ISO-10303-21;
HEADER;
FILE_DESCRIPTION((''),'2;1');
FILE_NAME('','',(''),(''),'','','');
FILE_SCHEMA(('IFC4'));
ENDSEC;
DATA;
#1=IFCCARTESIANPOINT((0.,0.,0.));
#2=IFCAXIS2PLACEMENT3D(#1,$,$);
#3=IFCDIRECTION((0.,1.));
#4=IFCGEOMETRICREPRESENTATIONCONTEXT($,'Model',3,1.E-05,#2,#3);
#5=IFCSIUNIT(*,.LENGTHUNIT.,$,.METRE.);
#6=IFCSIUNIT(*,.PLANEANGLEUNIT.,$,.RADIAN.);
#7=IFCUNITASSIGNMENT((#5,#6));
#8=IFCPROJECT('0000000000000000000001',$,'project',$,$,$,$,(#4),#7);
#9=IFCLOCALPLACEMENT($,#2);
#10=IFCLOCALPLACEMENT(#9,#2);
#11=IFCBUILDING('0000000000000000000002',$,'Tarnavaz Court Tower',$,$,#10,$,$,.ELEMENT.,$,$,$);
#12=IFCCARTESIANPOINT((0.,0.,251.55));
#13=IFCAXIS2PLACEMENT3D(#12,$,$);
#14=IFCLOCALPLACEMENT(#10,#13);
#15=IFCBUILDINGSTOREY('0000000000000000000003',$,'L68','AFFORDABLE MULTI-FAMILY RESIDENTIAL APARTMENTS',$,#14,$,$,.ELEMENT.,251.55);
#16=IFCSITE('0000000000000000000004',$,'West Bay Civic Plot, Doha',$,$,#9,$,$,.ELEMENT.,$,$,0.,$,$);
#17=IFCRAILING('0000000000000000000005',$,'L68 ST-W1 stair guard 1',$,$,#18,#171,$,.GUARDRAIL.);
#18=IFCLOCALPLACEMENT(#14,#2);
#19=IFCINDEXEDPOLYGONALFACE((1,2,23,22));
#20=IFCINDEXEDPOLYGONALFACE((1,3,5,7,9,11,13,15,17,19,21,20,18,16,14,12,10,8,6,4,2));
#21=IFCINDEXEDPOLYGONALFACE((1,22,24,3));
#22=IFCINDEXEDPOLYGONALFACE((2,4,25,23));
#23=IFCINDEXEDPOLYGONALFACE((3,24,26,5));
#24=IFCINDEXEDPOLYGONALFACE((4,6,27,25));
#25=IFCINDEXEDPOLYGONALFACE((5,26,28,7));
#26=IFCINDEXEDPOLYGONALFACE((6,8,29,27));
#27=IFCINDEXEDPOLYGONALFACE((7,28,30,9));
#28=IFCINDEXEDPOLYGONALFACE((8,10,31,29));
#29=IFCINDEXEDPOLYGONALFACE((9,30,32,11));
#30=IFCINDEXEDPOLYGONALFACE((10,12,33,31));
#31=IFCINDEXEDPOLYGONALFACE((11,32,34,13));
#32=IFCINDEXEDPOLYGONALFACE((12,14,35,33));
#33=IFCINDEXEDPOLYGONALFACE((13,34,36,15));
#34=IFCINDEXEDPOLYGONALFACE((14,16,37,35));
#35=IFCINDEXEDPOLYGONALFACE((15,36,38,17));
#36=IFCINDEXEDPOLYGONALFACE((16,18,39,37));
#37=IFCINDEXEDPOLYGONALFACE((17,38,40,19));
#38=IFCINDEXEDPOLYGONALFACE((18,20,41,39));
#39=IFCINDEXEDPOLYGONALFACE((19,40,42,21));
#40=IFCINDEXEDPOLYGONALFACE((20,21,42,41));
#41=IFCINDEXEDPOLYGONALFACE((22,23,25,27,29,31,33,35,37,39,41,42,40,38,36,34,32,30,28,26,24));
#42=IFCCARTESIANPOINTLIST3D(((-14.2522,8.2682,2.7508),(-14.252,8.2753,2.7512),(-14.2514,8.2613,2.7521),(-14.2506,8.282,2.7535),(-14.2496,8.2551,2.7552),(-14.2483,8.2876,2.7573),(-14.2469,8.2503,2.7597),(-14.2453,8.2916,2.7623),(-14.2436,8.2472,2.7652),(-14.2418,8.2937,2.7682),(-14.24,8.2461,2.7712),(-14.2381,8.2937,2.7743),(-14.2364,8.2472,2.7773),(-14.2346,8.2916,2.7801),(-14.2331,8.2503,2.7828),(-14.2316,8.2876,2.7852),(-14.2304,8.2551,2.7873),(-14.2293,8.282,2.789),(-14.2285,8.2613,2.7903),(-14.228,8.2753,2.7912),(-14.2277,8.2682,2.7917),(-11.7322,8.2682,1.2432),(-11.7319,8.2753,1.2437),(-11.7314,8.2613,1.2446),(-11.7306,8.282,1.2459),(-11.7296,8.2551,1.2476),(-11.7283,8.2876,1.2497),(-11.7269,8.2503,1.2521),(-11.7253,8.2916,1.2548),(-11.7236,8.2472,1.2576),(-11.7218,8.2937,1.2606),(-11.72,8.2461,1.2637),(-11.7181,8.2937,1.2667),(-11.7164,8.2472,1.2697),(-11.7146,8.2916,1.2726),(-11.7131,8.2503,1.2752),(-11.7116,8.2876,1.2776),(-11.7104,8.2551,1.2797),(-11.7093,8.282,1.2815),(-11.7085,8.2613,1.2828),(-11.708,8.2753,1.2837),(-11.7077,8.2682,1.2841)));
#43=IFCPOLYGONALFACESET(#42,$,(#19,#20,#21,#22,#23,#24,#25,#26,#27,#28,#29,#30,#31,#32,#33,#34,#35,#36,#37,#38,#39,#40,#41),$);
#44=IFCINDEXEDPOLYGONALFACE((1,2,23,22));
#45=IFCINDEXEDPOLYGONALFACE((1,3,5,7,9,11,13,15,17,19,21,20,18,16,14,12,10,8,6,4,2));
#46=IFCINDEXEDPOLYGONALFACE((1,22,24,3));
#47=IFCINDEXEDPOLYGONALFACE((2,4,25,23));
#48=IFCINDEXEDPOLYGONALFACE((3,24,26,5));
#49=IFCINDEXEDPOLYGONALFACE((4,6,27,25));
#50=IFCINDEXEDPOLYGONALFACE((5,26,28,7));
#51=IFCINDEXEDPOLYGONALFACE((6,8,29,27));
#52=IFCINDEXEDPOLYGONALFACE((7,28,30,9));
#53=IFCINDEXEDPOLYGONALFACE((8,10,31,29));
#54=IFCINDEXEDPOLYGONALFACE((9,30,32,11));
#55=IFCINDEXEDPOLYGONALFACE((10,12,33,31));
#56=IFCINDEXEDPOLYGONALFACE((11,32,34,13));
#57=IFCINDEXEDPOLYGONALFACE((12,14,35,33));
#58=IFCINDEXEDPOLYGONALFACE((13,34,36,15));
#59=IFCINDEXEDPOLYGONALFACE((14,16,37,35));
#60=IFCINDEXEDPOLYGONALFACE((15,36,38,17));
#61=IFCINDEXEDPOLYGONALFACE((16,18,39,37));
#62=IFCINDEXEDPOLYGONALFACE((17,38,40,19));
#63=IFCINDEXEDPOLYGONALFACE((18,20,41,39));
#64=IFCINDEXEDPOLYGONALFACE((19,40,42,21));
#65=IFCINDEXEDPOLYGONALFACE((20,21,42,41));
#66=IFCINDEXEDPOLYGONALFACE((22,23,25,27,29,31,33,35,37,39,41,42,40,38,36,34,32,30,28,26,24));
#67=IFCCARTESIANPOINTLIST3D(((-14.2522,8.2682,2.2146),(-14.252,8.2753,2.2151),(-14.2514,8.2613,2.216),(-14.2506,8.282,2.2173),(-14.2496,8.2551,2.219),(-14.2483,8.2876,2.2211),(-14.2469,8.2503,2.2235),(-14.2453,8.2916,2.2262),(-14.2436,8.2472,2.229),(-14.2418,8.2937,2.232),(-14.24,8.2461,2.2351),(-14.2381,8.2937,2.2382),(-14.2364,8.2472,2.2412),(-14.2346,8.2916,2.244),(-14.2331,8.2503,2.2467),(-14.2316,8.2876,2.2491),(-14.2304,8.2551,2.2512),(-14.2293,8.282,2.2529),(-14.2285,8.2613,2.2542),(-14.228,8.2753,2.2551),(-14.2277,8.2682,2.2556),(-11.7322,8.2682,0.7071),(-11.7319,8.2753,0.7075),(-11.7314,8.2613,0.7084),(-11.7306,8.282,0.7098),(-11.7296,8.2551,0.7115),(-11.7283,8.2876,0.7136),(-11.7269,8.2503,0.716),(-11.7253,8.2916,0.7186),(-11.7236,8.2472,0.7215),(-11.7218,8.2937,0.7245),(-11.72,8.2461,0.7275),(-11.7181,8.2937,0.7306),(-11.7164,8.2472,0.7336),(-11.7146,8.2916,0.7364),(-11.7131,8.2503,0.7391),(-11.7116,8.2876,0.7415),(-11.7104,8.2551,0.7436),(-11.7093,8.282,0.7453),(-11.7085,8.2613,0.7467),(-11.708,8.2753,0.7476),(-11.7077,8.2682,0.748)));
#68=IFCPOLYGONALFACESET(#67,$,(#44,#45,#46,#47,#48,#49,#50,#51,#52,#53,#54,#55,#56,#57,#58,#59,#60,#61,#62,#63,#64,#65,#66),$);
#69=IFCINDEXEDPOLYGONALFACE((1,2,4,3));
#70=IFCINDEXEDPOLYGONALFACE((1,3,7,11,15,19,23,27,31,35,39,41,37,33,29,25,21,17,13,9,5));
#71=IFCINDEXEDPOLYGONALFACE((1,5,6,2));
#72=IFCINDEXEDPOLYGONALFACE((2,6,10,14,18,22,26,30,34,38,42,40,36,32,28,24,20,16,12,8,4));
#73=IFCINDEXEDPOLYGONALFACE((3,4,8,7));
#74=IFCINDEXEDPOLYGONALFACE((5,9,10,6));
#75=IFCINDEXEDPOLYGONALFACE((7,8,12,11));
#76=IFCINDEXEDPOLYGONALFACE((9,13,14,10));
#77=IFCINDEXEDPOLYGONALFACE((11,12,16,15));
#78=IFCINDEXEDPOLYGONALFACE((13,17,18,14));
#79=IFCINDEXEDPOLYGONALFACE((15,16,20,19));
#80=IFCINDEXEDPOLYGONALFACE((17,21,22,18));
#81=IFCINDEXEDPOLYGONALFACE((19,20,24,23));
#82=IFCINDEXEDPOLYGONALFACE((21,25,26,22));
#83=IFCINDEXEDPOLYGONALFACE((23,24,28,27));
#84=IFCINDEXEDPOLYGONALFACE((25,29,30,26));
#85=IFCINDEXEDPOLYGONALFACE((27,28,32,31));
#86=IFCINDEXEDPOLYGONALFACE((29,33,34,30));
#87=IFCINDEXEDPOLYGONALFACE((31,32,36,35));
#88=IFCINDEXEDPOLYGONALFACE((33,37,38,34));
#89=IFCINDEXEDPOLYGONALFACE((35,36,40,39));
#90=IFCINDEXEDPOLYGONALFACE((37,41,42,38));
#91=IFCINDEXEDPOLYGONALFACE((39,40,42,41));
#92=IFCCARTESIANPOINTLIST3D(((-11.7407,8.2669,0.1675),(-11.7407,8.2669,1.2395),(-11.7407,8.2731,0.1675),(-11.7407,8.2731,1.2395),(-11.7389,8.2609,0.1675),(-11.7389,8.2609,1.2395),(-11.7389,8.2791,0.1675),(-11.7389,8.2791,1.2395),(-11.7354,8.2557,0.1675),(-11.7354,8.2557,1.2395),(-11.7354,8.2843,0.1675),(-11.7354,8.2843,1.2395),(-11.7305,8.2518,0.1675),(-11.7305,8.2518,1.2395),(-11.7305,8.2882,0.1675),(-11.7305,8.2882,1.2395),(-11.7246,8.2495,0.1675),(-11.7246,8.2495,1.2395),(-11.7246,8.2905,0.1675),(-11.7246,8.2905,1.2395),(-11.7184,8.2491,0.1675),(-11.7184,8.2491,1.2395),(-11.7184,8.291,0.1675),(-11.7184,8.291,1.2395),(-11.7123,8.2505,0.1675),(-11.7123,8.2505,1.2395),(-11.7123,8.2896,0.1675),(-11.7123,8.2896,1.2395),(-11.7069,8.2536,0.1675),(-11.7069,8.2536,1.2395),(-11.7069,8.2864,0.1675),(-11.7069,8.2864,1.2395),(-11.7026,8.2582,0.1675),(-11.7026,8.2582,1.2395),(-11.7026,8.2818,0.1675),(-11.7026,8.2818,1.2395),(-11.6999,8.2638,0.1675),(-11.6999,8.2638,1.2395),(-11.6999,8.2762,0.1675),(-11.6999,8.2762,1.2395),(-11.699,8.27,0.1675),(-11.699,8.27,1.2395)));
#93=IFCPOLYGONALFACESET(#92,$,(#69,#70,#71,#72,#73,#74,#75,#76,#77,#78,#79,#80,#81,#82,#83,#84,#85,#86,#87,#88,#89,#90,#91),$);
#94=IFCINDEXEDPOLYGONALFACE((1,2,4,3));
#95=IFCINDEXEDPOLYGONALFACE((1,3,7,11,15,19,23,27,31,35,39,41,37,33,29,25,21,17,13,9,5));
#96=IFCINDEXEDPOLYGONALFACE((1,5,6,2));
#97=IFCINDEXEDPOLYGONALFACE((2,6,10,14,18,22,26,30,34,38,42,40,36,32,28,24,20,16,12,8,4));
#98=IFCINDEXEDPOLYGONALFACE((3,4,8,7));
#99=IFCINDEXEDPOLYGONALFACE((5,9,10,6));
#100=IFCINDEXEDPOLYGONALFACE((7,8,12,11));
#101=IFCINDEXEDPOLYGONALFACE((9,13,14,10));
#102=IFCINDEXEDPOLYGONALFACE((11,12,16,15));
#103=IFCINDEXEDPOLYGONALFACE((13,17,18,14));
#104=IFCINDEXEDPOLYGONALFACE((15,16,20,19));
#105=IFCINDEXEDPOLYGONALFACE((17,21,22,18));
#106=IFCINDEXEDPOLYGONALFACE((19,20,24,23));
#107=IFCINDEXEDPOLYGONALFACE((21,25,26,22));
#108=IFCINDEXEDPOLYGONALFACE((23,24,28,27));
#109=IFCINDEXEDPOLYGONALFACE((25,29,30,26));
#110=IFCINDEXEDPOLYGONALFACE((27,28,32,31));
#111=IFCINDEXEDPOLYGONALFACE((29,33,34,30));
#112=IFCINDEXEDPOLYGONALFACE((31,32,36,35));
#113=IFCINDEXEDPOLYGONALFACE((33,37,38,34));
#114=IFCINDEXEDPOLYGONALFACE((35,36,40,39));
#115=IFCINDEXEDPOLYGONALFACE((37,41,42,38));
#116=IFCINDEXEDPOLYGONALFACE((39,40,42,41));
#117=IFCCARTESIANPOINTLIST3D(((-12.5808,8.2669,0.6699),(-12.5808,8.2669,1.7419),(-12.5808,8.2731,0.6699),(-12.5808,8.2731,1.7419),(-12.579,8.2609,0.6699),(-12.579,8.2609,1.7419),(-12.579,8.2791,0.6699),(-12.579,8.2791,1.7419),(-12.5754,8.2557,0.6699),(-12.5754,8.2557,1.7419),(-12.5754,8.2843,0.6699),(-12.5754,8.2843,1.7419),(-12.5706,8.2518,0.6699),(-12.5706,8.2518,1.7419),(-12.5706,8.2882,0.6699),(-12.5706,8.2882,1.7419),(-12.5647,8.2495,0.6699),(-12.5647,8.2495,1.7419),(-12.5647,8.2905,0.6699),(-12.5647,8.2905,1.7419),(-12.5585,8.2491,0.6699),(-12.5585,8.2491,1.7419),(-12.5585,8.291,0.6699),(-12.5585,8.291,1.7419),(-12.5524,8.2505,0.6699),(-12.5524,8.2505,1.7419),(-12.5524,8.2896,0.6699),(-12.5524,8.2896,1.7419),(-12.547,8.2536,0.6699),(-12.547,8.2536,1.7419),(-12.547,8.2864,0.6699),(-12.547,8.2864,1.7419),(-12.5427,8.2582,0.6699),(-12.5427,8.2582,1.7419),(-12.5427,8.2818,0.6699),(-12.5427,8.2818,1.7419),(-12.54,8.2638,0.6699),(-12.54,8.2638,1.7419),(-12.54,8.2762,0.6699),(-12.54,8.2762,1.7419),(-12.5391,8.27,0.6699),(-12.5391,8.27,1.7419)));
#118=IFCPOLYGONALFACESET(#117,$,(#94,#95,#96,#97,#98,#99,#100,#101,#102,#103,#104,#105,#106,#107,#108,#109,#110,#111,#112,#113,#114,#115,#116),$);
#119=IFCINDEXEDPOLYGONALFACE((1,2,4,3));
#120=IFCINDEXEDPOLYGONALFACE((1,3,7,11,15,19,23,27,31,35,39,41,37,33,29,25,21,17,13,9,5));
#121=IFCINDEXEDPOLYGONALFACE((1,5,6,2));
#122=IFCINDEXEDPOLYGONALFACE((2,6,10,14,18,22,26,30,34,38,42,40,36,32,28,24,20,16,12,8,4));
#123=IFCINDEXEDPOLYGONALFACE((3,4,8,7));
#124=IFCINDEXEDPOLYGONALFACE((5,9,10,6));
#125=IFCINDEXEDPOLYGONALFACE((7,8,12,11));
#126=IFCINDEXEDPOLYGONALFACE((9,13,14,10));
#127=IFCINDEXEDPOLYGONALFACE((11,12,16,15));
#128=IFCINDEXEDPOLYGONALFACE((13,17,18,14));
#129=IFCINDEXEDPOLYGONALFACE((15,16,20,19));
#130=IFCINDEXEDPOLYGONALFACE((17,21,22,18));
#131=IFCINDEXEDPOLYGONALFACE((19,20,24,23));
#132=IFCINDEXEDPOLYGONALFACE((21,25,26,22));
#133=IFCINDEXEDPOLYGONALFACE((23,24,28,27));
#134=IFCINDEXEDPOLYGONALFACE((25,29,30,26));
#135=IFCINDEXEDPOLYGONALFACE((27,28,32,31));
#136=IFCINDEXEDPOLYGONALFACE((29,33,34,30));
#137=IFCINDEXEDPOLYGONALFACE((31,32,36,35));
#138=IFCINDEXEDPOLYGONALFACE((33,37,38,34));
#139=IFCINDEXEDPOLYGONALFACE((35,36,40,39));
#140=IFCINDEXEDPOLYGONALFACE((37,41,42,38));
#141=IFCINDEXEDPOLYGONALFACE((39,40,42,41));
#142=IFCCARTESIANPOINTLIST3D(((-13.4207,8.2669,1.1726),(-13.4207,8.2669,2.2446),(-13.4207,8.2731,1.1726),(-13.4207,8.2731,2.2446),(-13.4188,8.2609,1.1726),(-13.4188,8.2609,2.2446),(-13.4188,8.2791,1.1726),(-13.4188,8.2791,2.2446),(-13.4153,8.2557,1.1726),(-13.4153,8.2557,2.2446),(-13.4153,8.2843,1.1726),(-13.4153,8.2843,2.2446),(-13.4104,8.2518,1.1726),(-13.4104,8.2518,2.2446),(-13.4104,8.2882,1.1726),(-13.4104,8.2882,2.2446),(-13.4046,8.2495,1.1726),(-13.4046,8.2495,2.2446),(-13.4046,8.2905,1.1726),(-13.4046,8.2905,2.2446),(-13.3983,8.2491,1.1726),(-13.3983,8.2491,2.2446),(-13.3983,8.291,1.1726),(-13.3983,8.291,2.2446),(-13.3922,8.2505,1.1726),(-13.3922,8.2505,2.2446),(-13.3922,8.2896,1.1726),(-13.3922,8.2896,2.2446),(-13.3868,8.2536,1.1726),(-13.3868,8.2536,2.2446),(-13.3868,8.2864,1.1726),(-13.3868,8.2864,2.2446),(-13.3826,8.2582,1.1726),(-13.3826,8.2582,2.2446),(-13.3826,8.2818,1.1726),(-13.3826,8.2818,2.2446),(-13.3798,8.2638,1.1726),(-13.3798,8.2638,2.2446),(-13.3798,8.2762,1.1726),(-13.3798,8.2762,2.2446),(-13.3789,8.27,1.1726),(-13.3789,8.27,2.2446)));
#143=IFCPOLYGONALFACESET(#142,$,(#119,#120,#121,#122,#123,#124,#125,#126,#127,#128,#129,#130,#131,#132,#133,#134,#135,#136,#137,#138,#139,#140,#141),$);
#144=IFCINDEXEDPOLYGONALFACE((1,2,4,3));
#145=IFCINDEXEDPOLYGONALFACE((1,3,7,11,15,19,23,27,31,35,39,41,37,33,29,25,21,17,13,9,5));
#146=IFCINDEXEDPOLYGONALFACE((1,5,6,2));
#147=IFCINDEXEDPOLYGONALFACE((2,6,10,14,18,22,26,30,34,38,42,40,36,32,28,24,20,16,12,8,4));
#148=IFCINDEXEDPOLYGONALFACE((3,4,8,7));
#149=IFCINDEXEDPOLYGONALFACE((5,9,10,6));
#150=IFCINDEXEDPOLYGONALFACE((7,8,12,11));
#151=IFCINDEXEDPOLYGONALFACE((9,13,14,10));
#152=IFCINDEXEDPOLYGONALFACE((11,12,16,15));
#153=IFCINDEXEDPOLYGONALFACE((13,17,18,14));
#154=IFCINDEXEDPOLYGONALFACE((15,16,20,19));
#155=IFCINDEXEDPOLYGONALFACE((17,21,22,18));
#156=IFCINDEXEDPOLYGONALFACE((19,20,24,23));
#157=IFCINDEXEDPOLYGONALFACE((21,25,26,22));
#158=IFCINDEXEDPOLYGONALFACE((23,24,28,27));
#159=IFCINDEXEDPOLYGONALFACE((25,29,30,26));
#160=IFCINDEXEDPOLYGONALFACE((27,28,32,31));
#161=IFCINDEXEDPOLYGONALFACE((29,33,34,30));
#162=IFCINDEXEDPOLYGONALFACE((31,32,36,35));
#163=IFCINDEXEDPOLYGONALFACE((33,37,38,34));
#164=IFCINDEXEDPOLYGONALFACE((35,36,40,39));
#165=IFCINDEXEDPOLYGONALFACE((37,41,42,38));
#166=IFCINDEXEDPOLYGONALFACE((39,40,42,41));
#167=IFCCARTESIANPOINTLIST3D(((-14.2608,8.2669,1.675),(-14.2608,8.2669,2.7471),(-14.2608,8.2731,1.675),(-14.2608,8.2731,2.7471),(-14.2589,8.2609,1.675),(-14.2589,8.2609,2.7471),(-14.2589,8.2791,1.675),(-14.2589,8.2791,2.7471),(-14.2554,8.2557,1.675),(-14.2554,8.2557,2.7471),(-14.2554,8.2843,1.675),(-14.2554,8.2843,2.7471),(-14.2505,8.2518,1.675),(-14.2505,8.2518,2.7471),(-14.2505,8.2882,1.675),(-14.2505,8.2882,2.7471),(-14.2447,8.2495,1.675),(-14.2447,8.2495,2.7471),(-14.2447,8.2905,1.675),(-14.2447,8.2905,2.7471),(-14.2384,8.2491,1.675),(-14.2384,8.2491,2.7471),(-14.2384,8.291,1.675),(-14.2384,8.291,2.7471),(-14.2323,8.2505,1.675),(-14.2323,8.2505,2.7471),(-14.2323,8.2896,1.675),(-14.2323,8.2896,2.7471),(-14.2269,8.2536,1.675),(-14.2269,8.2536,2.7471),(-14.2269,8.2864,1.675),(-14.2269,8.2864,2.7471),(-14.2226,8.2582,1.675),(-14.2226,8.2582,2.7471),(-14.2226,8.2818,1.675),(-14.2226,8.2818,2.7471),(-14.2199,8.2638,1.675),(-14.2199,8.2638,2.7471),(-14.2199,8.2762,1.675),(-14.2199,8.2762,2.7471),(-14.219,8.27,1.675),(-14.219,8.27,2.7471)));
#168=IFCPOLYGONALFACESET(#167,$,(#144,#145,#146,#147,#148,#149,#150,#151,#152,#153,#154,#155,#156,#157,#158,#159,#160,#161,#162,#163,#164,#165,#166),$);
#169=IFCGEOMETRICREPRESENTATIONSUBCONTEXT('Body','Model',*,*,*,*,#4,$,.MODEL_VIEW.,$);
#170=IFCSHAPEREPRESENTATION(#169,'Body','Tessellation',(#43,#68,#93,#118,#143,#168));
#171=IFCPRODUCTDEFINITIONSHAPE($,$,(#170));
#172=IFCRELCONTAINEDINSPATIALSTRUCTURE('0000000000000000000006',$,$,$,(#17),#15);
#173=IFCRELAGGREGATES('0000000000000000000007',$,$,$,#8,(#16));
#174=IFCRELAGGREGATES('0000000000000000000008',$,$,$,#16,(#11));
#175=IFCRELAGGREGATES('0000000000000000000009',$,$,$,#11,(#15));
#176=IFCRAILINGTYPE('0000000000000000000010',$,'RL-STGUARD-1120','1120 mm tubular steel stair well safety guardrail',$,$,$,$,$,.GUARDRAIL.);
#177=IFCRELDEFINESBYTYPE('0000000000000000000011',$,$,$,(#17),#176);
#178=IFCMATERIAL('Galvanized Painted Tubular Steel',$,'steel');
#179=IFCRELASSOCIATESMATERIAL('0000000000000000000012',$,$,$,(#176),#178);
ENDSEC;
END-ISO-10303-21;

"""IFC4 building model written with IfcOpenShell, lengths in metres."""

from ifc_helpers import new_model, si_unit, direction, frame, origin, origin_2d, place, context, subcontext, project, spatial, circle, extrude, material, type_object, element, save


model = new_model("IFC4")

# Units and contexts
model_context = context("Model", 3, precision=1e-05, world=origin(), true_north=direction((0.0, 1.0)))
body_context = subcontext(model_context, "Body", "Model", "MODEL_VIEW")
ifc_project = project(units=[si_unit("LENGTHUNIT", "METRE"), si_unit("PLANEANGLEUNIT", "RADIAN")], contexts=[model_context])

# Site, building, storey
site_placement = place(None, origin())
site = spatial("IfcSite", under=ifc_project, at=site_placement, Name="West Bay Civic Plot, Doha", CompositionType="ELEMENT", RefElevation=0.0)
building_placement = place(site_placement, origin())
building = spatial("IfcBuilding", under=site, at=building_placement, Name="Tarnavaz Court Tower", CompositionType="ELEMENT")
storey_placement = place(building_placement, frame((0.0, 0.0, 251.55)))
storey = spatial("IfcBuildingStorey", under=building, at=storey_placement, Name="L68", Description="AFFORDABLE MULTI-FAMILY RESIDENTIAL APARTMENTS", CompositionType="ELEMENT", Elevation=251.55)

# Railing
ifc_material_1 = material(Name="Galvanized Painted Tubular Steel", Category="steel")
railing_type_1 = type_object("IfcRailingType", Name="RL-STGUARD-1120", Description="1120 mm tubular steel stair well safety guardrail", PredefinedType="GUARDRAIL", material=ifc_material_1)
railing_1_placement = place(storey_placement, frame((-11.72, 8.27, 0.1675)))
element("IfcRailing", 1, at=railing_1_placement, inside=storey, type_object=railing_type_1, Name="L68 ST-W1 stair guard 1", PredefinedType="GUARDRAIL", context=body_context, shape_type="SweptSolid", body=[
    extrude(circle(Radius=0.0239, at=origin_2d()), frame((0.0, 0.0, 1.0962), z_axis=(-0.85816, 0.0, 0.513383), x_axis=(0.0, -1.0, 0.0)), (0.0, 0.0, 1.0), 2.9365),
    extrude(circle(Radius=0.0239, at=origin_2d()), frame((0.0, 0.0, 0.5601), z_axis=(-0.85816, 0.0, 0.513383), x_axis=(0.0, -1.0, 0.0)), (0.0, 0.0, 1.0), 2.9365),
    extrude(circle(Radius=0.021, at=origin_2d()), origin(), (0.0, 0.0, 1.0), 1.072),
    extrude(circle(Radius=0.021, at=origin_2d()), frame((-0.8401, 0.0, 0.5024)), (0.0, 0.0, 1.0), 1.072),
    extrude(circle(Radius=0.021, at=origin_2d()), frame((-1.6799, 0.0, 1.0051)), (0.0, 0.0, 1.0), 1.072),
    extrude(circle(Radius=0.021, at=origin_2d()), frame((-2.52, 0.0, 1.5076)), (0.0, 0.0, 1.0), 1.072),
])

save(model, "model.ifc")
